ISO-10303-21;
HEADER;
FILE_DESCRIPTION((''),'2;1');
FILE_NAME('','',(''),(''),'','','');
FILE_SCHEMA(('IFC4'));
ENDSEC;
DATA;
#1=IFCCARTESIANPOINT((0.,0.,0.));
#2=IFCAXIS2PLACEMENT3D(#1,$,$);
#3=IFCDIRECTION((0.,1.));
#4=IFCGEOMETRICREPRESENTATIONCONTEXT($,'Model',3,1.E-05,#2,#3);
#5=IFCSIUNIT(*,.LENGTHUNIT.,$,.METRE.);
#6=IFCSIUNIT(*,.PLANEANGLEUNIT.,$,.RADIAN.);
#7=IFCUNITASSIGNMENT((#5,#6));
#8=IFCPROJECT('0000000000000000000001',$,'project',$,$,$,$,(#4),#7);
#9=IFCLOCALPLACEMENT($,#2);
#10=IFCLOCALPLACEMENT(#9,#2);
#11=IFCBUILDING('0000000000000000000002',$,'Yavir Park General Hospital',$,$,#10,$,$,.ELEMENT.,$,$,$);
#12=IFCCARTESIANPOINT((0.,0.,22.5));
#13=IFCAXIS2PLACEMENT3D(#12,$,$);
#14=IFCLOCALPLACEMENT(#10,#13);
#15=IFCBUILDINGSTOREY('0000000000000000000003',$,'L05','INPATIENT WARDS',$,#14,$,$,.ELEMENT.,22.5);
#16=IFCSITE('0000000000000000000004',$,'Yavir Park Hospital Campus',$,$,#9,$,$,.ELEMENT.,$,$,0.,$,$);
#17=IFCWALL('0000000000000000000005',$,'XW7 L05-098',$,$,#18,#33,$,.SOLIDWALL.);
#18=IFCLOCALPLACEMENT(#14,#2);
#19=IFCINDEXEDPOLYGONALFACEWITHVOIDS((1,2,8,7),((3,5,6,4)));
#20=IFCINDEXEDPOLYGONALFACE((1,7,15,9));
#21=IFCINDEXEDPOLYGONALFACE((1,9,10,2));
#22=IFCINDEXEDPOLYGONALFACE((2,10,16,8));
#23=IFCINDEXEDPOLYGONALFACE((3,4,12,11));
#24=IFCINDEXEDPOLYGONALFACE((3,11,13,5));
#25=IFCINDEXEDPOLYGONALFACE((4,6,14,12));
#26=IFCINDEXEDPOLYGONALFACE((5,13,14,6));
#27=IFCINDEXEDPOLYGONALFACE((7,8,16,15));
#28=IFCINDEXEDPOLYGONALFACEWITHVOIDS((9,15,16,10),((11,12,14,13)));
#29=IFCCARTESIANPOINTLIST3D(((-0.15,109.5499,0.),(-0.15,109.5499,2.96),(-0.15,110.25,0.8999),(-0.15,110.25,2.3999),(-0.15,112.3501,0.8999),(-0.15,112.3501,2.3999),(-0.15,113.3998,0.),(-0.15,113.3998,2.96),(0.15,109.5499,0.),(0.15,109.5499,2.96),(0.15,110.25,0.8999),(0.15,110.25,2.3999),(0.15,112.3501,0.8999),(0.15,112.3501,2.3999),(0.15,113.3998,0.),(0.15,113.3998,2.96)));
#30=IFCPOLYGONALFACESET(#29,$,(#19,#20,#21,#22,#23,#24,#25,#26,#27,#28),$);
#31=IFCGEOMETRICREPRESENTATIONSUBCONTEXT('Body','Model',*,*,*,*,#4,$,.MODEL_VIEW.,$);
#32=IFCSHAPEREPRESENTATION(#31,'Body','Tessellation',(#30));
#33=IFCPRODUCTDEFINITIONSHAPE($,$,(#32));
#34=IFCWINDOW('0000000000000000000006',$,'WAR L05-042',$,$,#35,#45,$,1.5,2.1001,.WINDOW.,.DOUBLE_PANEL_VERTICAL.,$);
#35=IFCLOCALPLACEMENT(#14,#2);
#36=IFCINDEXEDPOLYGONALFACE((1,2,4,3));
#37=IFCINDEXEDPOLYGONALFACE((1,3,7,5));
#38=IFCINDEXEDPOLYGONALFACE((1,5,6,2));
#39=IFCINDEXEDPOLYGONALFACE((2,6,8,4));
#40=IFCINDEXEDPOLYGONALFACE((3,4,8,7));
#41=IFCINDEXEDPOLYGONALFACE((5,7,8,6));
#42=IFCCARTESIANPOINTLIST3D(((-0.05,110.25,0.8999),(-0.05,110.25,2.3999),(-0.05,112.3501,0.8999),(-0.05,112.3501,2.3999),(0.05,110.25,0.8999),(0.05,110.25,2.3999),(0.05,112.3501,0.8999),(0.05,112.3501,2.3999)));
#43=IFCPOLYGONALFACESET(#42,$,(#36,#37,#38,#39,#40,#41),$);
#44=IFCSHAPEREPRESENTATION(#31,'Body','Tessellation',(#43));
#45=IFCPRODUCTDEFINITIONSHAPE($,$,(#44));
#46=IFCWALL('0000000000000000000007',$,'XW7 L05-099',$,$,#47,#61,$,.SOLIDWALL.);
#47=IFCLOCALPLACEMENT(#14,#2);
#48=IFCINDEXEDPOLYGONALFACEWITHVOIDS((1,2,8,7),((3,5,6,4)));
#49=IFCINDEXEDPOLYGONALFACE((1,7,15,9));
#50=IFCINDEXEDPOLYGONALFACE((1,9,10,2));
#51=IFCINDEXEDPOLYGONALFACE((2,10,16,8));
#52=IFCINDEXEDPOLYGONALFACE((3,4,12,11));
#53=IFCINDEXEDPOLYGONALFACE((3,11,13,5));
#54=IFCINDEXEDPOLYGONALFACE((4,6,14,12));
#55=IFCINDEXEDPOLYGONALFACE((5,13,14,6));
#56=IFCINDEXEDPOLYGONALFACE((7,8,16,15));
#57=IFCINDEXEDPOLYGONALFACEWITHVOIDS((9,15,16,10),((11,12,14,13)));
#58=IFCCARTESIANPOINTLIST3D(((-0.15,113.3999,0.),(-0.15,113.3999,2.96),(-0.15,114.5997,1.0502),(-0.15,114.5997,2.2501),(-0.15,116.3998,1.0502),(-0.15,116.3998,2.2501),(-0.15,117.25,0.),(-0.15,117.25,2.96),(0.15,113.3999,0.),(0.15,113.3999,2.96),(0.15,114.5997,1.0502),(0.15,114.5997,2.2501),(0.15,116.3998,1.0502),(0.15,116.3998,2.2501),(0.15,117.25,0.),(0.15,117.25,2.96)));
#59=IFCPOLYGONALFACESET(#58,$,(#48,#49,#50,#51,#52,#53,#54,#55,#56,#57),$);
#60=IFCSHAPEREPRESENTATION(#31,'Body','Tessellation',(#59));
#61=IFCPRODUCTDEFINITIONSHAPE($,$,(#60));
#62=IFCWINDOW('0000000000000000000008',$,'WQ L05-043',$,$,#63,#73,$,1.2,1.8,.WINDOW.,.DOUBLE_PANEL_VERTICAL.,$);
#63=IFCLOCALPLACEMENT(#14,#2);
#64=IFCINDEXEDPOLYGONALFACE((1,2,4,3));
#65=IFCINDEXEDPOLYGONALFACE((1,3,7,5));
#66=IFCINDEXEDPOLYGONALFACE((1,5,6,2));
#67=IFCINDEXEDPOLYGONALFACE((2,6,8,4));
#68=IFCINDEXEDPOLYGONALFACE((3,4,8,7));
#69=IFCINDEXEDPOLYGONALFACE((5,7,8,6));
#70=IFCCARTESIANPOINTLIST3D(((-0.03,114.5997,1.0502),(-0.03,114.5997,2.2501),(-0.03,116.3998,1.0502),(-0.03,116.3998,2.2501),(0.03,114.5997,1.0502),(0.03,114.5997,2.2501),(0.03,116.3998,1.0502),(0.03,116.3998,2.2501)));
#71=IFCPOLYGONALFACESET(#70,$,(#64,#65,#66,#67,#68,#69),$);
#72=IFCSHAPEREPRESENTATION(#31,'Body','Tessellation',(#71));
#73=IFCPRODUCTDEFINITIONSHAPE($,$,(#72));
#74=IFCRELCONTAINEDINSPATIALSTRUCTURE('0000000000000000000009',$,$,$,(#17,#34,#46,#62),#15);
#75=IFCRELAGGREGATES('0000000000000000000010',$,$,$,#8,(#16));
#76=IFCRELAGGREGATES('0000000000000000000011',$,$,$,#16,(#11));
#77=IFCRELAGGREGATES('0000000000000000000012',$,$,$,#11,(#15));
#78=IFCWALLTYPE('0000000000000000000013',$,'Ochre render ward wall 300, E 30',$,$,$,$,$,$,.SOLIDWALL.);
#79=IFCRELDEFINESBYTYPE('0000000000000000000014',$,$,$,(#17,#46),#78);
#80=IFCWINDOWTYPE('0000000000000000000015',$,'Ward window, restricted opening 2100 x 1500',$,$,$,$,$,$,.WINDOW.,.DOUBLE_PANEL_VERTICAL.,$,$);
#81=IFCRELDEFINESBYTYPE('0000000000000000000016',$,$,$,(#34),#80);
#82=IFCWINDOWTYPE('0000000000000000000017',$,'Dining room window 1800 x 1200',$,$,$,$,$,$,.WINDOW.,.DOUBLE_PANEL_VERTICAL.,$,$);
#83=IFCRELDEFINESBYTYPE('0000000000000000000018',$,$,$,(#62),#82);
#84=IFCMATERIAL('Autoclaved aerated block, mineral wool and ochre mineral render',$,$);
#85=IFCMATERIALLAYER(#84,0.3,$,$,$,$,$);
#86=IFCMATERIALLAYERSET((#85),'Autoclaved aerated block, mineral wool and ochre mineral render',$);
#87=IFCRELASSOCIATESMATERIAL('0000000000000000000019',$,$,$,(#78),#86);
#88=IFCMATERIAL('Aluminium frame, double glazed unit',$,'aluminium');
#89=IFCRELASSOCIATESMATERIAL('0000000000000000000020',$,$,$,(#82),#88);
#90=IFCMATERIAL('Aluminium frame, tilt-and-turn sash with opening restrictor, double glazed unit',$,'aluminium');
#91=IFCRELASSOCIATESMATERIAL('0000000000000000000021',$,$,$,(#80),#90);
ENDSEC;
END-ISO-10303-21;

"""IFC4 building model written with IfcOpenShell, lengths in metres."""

from ifc_helpers import new_model, si_unit, direction, frame, frame_2d, origin, place, context, subcontext, project, spatial, rectangle, extrude, material, layer, layer_set, type_object, element, fill, save


model = new_model("IFC4")

# Units and contexts
model_context = context("Model", 3, precision=1e-05, world=origin(), true_north=direction((0.0, 1.0)))
body_context = subcontext(model_context, "Body", "Model", "MODEL_VIEW")
ifc_project = project(units=[si_unit("LENGTHUNIT", "METRE"), si_unit("PLANEANGLEUNIT", "RADIAN")], contexts=[model_context])

# Site, building, storey
site_placement = place(None, origin())
site = spatial("IfcSite", under=ifc_project, at=site_placement, Name="Yavir Park Hospital Campus", CompositionType="ELEMENT", RefElevation=0.0)
building_placement = place(site_placement, origin())
building = spatial("IfcBuilding", under=site, at=building_placement, Name="Yavir Park General Hospital", CompositionType="ELEMENT")
storey_placement = place(building_placement, frame((0.0, 0.0, 22.5)))
storey = spatial("IfcBuildingStorey", under=building, at=storey_placement, Name="L05", Description="INPATIENT WARDS", CompositionType="ELEMENT", Elevation=22.5)

# Shared definitions
ifc_material_1 = material(Name="Autoclaved aerated block, mineral wool and ochre mineral render")
ifc_layer_1 = layer(ifc_material_1, 0.3)
ifc_layer_set_1 = layer_set([ifc_layer_1], Name="Autoclaved aerated block, mineral wool and ochre mineral render")
wall_type_1 = type_object("IfcWallType", Name="Ochre render ward wall 300, E 30", PredefinedType="SOLIDWALL", material=ifc_layer_set_1)
ifc_material_2 = material(Name="Aluminium frame, double glazed unit", Category="aluminium")
window_type_1 = type_object("IfcWindowType", Name="Dining room window 1800 x 1200", PartitioningType="DOUBLE_PANEL_VERTICAL", PredefinedType="WINDOW", material=ifc_material_2)

# Walls, openings, windows
ifc_material_3 = material(Name="Aluminium frame, tilt-and-turn sash with opening restrictor, double glazed unit", Category="aluminium")
window_type_2 = type_object("IfcWindowType", Name="Ward window, restricted opening 2100 x 1500", PartitioningType="DOUBLE_PANEL_VERTICAL", PredefinedType="WINDOW", material=ifc_material_3)
wall_1_placement = place(storey_placement, frame((0.0, 109.55, 0.0), z_axis=(0.0, 0.0, 1.0), x_axis=(0.0, 1.0, 0.0)))
wall_1 = element("IfcWall", 1, at=wall_1_placement, inside=storey, type_object=wall_type_1, Name="XW7 L05-098", PredefinedType="SOLIDWALL", context=body_context, shape_type="SweptSolid", body=[
    extrude(rectangle(XDim=3.8499, YDim=0.3, at=frame_2d((1.9248, 0.0))), origin(), (0.0, 0.0, 1.0), 2.96),
])
opening_1_placement = place(wall_1_placement, frame((0.7, 0.0, 0.8999)))
opening_1 = element("IfcOpeningElement", 2, at=opening_1_placement, cuts=wall_1, PredefinedType="OPENING", context=body_context, shape_type="SweptSolid", body=[
    extrude(rectangle(XDim=2.1001, YDim=1.5, at=frame_2d((1.05, 0.75))), frame((0.0, 0.1599, 0.0), z_axis=(0.0, -1.0, 0.0), x_axis=(1.0, 0.0, 0.0)), (0.0, 0.0, 1.0), 0.3201),
])
window_1_placement = place(opening_1_placement, origin())
window_1 = element("IfcWindow", 3, at=window_1_placement, inside=storey, type_object=window_type_2, Name="WAR L05-042", OverallHeight=1.5, OverallWidth=2.1001, PartitioningType="DOUBLE_PANEL_VERTICAL", PredefinedType="WINDOW", context=body_context, shape_type="SweptSolid", body=[
    extrude(rectangle(XDim=2.1001, YDim=1.5, at=frame_2d((1.05, 0.75))), frame((0.0, 0.05, 0.0), z_axis=(0.0, -1.0, 0.0), x_axis=(1.0, 0.0, 0.0)), (0.0, 0.0, 1.0), 0.1001),
])
fill(opening_1, window_1)
wall_2_placement = place(storey_placement, frame((0.0, 113.3999, 0.0), z_axis=(0.0, 0.0, 1.0), x_axis=(0.0, 1.0, 0.0)))
wall_2 = element("IfcWall", 4, at=wall_2_placement, inside=storey, type_object=wall_type_1, Name="XW7 L05-099", PredefinedType="SOLIDWALL", context=body_context, shape_type="SweptSolid", body=[
    extrude(rectangle(XDim=3.8501, YDim=0.3, at=frame_2d((1.925, 0.0))), origin(), (0.0, 0.0, 1.0), 2.96),
])
opening_2_placement = place(wall_2_placement, frame((1.2, 0.0, 1.05)))
opening_2 = element("IfcOpeningElement", 5, at=opening_2_placement, cuts=wall_2, PredefinedType="OPENING", context=body_context, shape_type="SweptSolid", body=[
    extrude(rectangle(XDim=1.8, YDim=1.2, at=frame_2d((0.8999, 0.6001))), frame((0.0, 0.1599, 0.0), z_axis=(0.0, -1.0, 0.0), x_axis=(1.0, 0.0, 0.0)), (0.0, 0.0, 1.0), 0.3201),
])
window_2_placement = place(opening_2_placement, origin())
window_2 = element("IfcWindow", 6, at=window_2_placement, inside=storey, type_object=window_type_1, Name="WQ L05-043", OverallHeight=1.2, OverallWidth=1.8, PartitioningType="DOUBLE_PANEL_VERTICAL", PredefinedType="WINDOW", context=body_context, shape_type="SweptSolid", body=[
    extrude(rectangle(XDim=1.8, YDim=1.2, at=frame_2d((0.8999, 0.6001))), frame((0.0, 0.03, 0.0), z_axis=(0.0, -1.0, 0.0), x_axis=(1.0, 0.0, 0.0)), (0.0, 0.0, 1.0), 0.0601),
])
fill(opening_2, window_2)

save(model, "model.ifc")
